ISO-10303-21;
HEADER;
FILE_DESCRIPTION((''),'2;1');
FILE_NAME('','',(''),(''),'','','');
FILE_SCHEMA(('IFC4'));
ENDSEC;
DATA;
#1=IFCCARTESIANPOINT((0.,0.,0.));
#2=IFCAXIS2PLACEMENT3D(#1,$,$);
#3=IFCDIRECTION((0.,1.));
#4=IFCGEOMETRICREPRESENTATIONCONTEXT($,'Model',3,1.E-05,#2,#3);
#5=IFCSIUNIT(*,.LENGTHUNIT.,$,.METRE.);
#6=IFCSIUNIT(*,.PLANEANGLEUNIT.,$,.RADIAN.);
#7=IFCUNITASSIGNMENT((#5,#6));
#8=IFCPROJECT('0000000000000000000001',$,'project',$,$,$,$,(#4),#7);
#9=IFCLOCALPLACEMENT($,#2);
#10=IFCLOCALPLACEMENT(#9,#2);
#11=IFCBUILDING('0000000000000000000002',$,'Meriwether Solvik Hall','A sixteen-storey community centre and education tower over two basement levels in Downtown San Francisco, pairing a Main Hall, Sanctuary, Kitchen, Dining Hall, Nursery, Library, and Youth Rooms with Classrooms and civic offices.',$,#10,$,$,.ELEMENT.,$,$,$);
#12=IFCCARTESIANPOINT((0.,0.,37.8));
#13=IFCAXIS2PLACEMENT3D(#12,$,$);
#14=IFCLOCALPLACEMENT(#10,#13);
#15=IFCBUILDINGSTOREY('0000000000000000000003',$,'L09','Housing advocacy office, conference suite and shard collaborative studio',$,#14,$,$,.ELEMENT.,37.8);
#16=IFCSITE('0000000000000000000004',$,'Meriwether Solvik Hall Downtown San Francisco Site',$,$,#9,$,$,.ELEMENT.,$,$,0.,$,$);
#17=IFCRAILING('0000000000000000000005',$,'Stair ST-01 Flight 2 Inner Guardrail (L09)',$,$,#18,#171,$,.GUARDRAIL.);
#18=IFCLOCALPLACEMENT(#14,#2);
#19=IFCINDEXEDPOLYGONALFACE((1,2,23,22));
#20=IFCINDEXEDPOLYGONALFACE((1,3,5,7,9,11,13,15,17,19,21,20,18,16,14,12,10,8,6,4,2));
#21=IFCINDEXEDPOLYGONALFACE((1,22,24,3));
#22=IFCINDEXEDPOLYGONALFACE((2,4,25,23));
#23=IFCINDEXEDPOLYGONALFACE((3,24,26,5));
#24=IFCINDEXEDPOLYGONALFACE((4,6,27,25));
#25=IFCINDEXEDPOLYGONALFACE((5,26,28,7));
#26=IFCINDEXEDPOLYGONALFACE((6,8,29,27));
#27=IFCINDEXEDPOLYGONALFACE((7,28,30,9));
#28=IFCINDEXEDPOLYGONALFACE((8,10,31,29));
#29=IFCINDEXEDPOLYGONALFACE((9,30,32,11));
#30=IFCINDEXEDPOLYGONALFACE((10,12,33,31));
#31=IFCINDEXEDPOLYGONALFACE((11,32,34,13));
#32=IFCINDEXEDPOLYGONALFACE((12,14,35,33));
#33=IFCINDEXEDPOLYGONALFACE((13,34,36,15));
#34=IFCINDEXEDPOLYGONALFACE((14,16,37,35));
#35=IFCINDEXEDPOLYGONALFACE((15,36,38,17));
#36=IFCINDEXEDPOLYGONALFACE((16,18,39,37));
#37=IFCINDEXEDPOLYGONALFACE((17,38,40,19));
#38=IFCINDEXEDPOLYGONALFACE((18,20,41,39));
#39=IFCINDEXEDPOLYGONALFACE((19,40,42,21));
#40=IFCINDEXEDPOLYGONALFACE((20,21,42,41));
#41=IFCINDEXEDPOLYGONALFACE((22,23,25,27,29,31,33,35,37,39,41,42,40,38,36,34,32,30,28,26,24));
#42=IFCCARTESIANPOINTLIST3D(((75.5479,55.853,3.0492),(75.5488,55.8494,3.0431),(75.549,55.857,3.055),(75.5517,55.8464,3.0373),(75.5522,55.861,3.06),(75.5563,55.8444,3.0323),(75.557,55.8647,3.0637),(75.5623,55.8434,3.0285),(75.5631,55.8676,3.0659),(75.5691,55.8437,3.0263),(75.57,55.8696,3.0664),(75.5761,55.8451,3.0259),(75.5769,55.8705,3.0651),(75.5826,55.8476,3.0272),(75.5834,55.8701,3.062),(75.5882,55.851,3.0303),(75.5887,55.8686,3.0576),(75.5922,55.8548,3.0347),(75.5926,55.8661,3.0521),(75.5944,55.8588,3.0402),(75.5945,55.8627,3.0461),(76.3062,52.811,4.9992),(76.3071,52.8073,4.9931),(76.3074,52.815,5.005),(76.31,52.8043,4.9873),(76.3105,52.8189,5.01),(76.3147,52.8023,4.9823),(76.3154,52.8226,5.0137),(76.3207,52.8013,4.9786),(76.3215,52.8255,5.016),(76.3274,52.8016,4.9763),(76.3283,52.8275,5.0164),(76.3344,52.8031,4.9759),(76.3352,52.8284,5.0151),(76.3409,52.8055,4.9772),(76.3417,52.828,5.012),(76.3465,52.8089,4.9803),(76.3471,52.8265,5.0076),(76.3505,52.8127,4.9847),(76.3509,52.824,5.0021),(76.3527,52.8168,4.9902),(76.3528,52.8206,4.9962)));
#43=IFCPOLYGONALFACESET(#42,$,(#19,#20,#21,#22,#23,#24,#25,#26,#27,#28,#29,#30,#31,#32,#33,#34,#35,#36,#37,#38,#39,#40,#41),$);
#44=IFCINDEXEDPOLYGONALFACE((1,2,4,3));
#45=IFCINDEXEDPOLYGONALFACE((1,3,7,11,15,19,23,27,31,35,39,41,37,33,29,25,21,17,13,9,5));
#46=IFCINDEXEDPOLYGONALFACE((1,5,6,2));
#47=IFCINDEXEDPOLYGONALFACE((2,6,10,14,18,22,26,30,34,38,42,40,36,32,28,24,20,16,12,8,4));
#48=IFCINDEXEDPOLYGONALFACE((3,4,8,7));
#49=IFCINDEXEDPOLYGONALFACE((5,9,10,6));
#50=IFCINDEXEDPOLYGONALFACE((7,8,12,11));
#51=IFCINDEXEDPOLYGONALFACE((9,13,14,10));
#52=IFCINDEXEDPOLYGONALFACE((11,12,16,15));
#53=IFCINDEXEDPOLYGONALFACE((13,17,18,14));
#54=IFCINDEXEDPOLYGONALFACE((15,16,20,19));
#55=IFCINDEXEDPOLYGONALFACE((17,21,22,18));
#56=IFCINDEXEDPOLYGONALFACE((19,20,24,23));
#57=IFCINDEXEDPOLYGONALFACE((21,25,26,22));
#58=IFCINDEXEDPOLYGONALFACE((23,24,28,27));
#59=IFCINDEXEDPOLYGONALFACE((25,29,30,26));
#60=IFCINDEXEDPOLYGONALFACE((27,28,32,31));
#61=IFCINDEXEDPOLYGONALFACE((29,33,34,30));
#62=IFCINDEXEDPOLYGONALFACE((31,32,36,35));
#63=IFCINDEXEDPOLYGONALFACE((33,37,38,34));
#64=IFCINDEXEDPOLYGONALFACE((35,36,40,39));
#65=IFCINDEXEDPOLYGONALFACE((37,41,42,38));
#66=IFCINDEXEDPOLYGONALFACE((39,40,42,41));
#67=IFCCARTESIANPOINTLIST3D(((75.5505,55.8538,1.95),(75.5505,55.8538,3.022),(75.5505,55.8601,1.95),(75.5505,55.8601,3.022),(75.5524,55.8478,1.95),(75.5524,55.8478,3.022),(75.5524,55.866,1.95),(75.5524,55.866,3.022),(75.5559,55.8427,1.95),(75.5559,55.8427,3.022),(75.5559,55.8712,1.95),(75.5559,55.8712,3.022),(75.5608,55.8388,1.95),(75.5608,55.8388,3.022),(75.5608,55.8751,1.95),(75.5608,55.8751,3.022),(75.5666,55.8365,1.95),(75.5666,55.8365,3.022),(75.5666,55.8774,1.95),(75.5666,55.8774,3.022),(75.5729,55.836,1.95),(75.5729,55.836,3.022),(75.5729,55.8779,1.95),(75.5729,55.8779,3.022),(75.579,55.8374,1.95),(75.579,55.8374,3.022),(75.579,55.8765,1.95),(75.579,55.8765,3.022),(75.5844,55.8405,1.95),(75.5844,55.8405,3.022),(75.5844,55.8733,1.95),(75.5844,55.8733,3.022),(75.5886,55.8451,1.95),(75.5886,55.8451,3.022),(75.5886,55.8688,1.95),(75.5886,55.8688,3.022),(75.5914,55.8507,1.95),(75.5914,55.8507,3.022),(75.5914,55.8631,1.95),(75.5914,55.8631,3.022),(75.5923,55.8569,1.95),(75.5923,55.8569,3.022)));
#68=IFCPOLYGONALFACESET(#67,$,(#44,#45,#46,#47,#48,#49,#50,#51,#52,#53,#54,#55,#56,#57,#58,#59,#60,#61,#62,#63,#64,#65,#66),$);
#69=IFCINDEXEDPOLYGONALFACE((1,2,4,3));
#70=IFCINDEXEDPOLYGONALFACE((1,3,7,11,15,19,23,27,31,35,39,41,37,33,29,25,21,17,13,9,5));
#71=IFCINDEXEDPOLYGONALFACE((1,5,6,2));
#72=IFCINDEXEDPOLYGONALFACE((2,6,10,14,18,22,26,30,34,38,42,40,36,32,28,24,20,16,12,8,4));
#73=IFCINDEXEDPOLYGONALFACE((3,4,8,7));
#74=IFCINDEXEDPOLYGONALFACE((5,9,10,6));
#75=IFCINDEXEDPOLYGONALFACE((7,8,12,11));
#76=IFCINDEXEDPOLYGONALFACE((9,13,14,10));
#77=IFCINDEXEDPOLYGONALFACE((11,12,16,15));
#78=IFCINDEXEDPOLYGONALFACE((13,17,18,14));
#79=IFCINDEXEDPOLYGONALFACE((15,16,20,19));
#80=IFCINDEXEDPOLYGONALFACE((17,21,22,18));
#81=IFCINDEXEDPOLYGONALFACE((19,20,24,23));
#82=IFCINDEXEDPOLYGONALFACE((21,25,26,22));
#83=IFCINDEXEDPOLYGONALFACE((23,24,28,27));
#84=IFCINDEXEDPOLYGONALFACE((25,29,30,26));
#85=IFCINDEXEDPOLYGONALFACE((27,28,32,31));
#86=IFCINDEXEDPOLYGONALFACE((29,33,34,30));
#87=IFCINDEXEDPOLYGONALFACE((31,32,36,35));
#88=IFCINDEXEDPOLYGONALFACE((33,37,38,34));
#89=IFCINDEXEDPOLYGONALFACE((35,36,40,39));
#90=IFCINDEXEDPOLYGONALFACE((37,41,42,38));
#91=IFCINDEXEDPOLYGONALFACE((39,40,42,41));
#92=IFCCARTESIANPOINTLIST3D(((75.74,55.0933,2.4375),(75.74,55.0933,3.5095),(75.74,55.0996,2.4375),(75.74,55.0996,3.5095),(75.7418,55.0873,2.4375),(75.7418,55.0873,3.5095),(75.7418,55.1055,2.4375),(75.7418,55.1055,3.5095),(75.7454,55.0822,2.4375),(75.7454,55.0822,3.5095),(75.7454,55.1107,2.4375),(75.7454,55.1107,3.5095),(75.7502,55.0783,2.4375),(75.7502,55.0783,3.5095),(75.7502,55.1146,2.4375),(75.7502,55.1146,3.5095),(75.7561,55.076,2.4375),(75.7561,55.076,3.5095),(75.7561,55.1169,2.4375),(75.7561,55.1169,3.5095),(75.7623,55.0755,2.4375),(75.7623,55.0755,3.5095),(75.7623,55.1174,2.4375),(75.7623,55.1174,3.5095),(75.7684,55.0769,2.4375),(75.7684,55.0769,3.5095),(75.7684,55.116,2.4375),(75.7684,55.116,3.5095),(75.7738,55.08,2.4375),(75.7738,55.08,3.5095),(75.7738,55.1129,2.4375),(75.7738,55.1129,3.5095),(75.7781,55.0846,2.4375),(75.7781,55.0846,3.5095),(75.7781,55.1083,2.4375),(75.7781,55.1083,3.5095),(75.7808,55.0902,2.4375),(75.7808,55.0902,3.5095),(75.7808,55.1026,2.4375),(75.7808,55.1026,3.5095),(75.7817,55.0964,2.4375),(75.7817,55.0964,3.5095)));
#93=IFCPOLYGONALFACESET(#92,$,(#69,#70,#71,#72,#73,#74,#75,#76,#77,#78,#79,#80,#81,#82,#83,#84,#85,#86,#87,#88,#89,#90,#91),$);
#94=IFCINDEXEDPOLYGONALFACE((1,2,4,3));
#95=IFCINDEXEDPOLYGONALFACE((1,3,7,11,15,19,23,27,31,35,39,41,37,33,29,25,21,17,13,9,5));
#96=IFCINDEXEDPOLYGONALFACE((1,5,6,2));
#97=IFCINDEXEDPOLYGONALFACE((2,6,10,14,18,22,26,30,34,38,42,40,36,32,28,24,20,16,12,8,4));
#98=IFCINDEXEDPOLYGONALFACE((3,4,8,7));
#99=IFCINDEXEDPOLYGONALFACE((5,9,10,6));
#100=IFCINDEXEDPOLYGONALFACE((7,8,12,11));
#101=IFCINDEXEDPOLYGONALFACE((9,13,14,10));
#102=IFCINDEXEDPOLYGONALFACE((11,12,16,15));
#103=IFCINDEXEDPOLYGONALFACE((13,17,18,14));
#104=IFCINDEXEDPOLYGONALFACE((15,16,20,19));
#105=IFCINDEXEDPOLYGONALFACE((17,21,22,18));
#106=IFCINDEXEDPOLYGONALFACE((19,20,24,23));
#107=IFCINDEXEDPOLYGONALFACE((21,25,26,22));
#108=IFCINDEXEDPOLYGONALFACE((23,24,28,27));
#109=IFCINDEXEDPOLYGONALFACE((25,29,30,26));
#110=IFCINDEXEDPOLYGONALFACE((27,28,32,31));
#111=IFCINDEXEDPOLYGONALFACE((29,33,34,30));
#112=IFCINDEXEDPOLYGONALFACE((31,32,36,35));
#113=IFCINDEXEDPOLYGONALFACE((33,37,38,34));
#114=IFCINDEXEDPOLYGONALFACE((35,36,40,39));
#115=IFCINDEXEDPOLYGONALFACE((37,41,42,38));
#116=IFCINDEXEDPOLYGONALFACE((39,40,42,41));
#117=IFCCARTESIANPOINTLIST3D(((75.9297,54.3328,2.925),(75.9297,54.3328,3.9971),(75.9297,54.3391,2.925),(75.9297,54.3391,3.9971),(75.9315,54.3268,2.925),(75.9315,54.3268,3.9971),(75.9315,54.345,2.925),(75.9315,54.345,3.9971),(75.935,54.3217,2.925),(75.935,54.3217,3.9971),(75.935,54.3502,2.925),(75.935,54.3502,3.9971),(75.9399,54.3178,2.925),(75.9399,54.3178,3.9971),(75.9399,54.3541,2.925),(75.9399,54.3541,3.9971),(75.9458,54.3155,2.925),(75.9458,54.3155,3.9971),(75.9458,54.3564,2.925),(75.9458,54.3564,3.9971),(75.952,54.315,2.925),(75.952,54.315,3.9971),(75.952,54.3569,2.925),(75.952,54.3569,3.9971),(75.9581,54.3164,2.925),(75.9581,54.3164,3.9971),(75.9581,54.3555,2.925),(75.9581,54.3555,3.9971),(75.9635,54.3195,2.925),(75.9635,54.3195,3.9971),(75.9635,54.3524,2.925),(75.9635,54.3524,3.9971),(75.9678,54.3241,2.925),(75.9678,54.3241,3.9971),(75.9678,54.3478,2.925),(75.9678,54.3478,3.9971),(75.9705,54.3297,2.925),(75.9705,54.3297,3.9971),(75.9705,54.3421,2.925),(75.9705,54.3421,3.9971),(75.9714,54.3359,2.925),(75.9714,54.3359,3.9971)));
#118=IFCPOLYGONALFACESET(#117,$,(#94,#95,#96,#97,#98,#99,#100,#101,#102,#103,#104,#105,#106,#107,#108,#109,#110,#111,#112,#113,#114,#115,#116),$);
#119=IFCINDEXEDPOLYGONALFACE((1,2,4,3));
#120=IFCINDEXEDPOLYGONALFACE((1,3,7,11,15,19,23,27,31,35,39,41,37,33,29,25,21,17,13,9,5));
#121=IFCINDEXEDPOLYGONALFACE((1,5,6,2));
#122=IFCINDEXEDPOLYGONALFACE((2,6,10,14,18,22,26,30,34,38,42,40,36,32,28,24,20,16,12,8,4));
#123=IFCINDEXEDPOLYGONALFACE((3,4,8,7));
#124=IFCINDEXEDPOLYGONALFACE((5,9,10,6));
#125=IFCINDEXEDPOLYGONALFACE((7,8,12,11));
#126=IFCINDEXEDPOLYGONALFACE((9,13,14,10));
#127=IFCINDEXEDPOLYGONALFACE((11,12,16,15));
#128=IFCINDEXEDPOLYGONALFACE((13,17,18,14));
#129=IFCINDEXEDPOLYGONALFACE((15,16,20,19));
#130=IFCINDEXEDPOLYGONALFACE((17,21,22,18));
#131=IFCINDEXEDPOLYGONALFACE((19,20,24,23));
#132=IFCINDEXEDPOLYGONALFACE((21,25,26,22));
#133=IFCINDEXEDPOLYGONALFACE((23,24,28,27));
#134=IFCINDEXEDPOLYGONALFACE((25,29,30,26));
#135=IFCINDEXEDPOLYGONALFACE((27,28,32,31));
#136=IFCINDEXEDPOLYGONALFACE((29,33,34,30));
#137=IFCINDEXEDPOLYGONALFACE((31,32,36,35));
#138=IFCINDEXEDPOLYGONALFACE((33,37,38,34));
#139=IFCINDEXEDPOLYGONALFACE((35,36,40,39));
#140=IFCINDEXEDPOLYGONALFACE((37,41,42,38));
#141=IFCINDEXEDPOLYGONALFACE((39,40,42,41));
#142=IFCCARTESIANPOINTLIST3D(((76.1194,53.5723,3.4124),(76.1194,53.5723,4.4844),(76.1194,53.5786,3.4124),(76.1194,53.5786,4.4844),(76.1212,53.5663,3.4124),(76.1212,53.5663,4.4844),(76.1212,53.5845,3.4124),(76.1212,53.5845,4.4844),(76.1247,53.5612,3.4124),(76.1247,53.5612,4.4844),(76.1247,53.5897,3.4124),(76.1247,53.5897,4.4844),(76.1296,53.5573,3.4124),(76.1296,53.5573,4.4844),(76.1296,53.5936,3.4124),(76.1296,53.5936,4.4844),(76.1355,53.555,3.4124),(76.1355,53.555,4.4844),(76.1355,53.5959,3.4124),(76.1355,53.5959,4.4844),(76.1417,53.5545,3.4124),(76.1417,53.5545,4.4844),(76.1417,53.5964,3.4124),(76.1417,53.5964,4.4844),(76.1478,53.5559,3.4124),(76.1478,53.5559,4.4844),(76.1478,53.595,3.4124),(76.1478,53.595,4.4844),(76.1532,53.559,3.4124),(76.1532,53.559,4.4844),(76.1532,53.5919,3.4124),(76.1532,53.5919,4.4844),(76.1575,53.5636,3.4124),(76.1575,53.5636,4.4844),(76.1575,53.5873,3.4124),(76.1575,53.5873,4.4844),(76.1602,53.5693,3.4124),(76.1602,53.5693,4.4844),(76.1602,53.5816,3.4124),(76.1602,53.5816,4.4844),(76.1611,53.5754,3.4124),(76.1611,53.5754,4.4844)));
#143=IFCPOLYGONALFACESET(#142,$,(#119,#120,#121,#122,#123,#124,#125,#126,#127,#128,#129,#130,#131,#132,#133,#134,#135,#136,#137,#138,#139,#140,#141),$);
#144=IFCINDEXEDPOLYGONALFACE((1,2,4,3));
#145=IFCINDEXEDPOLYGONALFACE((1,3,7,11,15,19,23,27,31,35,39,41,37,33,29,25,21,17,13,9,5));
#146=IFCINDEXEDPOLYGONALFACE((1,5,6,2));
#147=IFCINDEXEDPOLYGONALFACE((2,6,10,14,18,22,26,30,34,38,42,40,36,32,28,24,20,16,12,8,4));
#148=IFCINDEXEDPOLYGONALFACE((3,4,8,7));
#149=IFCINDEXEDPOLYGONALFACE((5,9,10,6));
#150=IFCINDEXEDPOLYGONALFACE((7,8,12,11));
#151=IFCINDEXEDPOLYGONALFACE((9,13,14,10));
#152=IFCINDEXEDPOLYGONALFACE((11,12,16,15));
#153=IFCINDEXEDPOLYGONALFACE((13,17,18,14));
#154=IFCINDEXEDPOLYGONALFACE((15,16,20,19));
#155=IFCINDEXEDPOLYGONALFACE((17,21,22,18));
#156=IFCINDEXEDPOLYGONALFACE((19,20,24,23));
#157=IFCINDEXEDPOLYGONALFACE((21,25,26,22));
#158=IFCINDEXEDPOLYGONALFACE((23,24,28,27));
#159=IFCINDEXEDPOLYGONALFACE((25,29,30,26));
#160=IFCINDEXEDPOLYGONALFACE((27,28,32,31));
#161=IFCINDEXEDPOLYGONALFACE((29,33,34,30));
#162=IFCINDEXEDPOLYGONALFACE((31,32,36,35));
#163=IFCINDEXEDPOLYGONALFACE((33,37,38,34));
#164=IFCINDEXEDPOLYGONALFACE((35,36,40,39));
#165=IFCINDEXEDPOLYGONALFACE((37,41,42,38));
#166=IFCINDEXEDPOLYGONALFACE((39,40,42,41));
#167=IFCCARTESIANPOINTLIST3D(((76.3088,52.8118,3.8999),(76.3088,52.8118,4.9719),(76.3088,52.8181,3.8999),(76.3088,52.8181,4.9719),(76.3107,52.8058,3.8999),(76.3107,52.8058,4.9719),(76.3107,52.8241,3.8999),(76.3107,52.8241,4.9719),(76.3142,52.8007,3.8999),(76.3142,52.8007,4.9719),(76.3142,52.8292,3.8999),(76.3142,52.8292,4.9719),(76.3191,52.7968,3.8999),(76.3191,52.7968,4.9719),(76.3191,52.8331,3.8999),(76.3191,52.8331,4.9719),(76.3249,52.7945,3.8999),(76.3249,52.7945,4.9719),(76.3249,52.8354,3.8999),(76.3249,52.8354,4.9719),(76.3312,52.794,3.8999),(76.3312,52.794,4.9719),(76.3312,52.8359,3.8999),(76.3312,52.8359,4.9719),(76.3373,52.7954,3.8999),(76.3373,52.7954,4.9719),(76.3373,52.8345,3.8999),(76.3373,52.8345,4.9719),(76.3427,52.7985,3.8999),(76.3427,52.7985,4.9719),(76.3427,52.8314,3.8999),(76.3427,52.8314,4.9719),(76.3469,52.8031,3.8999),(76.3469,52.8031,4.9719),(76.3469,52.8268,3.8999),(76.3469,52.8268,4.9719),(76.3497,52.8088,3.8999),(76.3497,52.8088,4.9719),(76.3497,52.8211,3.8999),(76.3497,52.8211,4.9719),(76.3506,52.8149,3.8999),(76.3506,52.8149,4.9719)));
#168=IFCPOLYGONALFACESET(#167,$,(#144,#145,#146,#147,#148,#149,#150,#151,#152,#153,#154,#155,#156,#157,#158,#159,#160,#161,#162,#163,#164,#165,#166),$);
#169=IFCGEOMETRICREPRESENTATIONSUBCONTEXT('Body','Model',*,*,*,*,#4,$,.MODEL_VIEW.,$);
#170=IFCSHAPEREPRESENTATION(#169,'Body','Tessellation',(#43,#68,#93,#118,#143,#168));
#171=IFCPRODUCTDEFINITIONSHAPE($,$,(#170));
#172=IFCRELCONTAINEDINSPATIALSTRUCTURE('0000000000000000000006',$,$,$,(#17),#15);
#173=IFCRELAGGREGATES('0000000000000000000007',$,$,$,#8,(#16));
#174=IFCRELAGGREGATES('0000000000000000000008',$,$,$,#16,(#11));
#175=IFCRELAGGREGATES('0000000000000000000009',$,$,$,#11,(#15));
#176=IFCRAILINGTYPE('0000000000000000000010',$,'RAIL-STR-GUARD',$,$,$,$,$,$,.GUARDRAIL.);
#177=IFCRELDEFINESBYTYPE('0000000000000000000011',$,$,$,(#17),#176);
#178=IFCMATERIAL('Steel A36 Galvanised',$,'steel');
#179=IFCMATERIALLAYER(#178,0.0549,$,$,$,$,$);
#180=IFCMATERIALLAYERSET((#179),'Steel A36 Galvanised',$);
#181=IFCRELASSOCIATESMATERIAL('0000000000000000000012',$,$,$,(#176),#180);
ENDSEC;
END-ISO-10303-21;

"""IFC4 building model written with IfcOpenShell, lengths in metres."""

from ifc_helpers import new_model, si_unit, direction, frame, origin, origin_2d, place, context, subcontext, project, spatial, circle, extrude, material, layer, layer_set, type_object, element, save


model = new_model("IFC4")

# Units and contexts
model_context = context("Model", 3, precision=1e-05, world=origin(), true_north=direction((0.0, 1.0)))
body_context = subcontext(model_context, "Body", "Model", "MODEL_VIEW")
ifc_project = project(units=[si_unit("LENGTHUNIT", "METRE"), si_unit("PLANEANGLEUNIT", "RADIAN")], contexts=[model_context])

# Site, building, storey
site_placement = place(None, origin())
site = spatial("IfcSite", under=ifc_project, at=site_placement, Name="Meriwether Solvik Hall Downtown San Francisco Site", CompositionType="ELEMENT", RefElevation=0.0)
building_placement = place(site_placement, origin())
building = spatial("IfcBuilding", under=site, at=building_placement, Name="Meriwether Solvik Hall", Description="A sixteen-storey community centre and education tower over two basement levels in Downtown San Francisco, pairing a Main Hall, Sanctuary, Kitchen, Dining Hall, Nursery, Library, and Youth Rooms with Classrooms and civic offices.", CompositionType="ELEMENT")
storey_placement = place(building_placement, frame((0.0, 0.0, 37.8)))
storey = spatial("IfcBuildingStorey", under=building, at=storey_placement, Name="L09", Description="Housing advocacy office, conference suite and shard collaborative studio", CompositionType="ELEMENT", Elevation=37.8)

# Railing
ifc_material_1 = material(Name="Steel A36 Galvanised", Category="steel")
ifc_layer_1 = layer(ifc_material_1, 0.0549)
ifc_layer_set_1 = layer_set([ifc_layer_1], Name="Steel A36 Galvanised")
railing_type_1 = type_object("IfcRailingType", Name="RAIL-STR-GUARD", PredefinedType="GUARDRAIL", material=ifc_layer_set_1)
railing_1_placement = place(storey_placement, frame((75.5713, 55.8569, 1.95)))
element("IfcRailing", 1, at=railing_1_placement, inside=storey, type_object=railing_type_1, Name="Stair ST-01 Flight 2 Inner Guardrail (L09)", PredefinedType="GUARDRAIL", context=body_context, shape_type="SweptSolid", body=[
    extrude(circle(Radius=0.0239, at=origin_2d()), frame((0.0, 0.0, 1.0962), z_axis=(0.205389, -0.823936, 0.528152), x_axis=(0.970307, 0.241876, 0.0)), (0.0, 0.0, 1.0), 3.6921),
    extrude(circle(Radius=0.021, at=origin_2d()), origin(), (0.0, 0.0, 1.0), 1.072),
    extrude(circle(Radius=0.021, at=origin_2d()), frame((0.1895, -0.7605, 0.4875)), (0.0, 0.0, 1.0), 1.072),
    extrude(circle(Radius=0.021, at=origin_2d()), frame((0.3792, -1.521, 0.9751)), (0.0, 0.0, 1.0), 1.072),
    extrude(circle(Radius=0.021, at=origin_2d()), frame((0.5688, -2.2815, 1.4624)), (0.0, 0.0, 1.0), 1.072),
    extrude(circle(Radius=0.021, at=origin_2d()), frame((0.7583, -3.042, 1.95)), (0.0, 0.0, 1.0), 1.072),
])

save(model, "model.ifc")
